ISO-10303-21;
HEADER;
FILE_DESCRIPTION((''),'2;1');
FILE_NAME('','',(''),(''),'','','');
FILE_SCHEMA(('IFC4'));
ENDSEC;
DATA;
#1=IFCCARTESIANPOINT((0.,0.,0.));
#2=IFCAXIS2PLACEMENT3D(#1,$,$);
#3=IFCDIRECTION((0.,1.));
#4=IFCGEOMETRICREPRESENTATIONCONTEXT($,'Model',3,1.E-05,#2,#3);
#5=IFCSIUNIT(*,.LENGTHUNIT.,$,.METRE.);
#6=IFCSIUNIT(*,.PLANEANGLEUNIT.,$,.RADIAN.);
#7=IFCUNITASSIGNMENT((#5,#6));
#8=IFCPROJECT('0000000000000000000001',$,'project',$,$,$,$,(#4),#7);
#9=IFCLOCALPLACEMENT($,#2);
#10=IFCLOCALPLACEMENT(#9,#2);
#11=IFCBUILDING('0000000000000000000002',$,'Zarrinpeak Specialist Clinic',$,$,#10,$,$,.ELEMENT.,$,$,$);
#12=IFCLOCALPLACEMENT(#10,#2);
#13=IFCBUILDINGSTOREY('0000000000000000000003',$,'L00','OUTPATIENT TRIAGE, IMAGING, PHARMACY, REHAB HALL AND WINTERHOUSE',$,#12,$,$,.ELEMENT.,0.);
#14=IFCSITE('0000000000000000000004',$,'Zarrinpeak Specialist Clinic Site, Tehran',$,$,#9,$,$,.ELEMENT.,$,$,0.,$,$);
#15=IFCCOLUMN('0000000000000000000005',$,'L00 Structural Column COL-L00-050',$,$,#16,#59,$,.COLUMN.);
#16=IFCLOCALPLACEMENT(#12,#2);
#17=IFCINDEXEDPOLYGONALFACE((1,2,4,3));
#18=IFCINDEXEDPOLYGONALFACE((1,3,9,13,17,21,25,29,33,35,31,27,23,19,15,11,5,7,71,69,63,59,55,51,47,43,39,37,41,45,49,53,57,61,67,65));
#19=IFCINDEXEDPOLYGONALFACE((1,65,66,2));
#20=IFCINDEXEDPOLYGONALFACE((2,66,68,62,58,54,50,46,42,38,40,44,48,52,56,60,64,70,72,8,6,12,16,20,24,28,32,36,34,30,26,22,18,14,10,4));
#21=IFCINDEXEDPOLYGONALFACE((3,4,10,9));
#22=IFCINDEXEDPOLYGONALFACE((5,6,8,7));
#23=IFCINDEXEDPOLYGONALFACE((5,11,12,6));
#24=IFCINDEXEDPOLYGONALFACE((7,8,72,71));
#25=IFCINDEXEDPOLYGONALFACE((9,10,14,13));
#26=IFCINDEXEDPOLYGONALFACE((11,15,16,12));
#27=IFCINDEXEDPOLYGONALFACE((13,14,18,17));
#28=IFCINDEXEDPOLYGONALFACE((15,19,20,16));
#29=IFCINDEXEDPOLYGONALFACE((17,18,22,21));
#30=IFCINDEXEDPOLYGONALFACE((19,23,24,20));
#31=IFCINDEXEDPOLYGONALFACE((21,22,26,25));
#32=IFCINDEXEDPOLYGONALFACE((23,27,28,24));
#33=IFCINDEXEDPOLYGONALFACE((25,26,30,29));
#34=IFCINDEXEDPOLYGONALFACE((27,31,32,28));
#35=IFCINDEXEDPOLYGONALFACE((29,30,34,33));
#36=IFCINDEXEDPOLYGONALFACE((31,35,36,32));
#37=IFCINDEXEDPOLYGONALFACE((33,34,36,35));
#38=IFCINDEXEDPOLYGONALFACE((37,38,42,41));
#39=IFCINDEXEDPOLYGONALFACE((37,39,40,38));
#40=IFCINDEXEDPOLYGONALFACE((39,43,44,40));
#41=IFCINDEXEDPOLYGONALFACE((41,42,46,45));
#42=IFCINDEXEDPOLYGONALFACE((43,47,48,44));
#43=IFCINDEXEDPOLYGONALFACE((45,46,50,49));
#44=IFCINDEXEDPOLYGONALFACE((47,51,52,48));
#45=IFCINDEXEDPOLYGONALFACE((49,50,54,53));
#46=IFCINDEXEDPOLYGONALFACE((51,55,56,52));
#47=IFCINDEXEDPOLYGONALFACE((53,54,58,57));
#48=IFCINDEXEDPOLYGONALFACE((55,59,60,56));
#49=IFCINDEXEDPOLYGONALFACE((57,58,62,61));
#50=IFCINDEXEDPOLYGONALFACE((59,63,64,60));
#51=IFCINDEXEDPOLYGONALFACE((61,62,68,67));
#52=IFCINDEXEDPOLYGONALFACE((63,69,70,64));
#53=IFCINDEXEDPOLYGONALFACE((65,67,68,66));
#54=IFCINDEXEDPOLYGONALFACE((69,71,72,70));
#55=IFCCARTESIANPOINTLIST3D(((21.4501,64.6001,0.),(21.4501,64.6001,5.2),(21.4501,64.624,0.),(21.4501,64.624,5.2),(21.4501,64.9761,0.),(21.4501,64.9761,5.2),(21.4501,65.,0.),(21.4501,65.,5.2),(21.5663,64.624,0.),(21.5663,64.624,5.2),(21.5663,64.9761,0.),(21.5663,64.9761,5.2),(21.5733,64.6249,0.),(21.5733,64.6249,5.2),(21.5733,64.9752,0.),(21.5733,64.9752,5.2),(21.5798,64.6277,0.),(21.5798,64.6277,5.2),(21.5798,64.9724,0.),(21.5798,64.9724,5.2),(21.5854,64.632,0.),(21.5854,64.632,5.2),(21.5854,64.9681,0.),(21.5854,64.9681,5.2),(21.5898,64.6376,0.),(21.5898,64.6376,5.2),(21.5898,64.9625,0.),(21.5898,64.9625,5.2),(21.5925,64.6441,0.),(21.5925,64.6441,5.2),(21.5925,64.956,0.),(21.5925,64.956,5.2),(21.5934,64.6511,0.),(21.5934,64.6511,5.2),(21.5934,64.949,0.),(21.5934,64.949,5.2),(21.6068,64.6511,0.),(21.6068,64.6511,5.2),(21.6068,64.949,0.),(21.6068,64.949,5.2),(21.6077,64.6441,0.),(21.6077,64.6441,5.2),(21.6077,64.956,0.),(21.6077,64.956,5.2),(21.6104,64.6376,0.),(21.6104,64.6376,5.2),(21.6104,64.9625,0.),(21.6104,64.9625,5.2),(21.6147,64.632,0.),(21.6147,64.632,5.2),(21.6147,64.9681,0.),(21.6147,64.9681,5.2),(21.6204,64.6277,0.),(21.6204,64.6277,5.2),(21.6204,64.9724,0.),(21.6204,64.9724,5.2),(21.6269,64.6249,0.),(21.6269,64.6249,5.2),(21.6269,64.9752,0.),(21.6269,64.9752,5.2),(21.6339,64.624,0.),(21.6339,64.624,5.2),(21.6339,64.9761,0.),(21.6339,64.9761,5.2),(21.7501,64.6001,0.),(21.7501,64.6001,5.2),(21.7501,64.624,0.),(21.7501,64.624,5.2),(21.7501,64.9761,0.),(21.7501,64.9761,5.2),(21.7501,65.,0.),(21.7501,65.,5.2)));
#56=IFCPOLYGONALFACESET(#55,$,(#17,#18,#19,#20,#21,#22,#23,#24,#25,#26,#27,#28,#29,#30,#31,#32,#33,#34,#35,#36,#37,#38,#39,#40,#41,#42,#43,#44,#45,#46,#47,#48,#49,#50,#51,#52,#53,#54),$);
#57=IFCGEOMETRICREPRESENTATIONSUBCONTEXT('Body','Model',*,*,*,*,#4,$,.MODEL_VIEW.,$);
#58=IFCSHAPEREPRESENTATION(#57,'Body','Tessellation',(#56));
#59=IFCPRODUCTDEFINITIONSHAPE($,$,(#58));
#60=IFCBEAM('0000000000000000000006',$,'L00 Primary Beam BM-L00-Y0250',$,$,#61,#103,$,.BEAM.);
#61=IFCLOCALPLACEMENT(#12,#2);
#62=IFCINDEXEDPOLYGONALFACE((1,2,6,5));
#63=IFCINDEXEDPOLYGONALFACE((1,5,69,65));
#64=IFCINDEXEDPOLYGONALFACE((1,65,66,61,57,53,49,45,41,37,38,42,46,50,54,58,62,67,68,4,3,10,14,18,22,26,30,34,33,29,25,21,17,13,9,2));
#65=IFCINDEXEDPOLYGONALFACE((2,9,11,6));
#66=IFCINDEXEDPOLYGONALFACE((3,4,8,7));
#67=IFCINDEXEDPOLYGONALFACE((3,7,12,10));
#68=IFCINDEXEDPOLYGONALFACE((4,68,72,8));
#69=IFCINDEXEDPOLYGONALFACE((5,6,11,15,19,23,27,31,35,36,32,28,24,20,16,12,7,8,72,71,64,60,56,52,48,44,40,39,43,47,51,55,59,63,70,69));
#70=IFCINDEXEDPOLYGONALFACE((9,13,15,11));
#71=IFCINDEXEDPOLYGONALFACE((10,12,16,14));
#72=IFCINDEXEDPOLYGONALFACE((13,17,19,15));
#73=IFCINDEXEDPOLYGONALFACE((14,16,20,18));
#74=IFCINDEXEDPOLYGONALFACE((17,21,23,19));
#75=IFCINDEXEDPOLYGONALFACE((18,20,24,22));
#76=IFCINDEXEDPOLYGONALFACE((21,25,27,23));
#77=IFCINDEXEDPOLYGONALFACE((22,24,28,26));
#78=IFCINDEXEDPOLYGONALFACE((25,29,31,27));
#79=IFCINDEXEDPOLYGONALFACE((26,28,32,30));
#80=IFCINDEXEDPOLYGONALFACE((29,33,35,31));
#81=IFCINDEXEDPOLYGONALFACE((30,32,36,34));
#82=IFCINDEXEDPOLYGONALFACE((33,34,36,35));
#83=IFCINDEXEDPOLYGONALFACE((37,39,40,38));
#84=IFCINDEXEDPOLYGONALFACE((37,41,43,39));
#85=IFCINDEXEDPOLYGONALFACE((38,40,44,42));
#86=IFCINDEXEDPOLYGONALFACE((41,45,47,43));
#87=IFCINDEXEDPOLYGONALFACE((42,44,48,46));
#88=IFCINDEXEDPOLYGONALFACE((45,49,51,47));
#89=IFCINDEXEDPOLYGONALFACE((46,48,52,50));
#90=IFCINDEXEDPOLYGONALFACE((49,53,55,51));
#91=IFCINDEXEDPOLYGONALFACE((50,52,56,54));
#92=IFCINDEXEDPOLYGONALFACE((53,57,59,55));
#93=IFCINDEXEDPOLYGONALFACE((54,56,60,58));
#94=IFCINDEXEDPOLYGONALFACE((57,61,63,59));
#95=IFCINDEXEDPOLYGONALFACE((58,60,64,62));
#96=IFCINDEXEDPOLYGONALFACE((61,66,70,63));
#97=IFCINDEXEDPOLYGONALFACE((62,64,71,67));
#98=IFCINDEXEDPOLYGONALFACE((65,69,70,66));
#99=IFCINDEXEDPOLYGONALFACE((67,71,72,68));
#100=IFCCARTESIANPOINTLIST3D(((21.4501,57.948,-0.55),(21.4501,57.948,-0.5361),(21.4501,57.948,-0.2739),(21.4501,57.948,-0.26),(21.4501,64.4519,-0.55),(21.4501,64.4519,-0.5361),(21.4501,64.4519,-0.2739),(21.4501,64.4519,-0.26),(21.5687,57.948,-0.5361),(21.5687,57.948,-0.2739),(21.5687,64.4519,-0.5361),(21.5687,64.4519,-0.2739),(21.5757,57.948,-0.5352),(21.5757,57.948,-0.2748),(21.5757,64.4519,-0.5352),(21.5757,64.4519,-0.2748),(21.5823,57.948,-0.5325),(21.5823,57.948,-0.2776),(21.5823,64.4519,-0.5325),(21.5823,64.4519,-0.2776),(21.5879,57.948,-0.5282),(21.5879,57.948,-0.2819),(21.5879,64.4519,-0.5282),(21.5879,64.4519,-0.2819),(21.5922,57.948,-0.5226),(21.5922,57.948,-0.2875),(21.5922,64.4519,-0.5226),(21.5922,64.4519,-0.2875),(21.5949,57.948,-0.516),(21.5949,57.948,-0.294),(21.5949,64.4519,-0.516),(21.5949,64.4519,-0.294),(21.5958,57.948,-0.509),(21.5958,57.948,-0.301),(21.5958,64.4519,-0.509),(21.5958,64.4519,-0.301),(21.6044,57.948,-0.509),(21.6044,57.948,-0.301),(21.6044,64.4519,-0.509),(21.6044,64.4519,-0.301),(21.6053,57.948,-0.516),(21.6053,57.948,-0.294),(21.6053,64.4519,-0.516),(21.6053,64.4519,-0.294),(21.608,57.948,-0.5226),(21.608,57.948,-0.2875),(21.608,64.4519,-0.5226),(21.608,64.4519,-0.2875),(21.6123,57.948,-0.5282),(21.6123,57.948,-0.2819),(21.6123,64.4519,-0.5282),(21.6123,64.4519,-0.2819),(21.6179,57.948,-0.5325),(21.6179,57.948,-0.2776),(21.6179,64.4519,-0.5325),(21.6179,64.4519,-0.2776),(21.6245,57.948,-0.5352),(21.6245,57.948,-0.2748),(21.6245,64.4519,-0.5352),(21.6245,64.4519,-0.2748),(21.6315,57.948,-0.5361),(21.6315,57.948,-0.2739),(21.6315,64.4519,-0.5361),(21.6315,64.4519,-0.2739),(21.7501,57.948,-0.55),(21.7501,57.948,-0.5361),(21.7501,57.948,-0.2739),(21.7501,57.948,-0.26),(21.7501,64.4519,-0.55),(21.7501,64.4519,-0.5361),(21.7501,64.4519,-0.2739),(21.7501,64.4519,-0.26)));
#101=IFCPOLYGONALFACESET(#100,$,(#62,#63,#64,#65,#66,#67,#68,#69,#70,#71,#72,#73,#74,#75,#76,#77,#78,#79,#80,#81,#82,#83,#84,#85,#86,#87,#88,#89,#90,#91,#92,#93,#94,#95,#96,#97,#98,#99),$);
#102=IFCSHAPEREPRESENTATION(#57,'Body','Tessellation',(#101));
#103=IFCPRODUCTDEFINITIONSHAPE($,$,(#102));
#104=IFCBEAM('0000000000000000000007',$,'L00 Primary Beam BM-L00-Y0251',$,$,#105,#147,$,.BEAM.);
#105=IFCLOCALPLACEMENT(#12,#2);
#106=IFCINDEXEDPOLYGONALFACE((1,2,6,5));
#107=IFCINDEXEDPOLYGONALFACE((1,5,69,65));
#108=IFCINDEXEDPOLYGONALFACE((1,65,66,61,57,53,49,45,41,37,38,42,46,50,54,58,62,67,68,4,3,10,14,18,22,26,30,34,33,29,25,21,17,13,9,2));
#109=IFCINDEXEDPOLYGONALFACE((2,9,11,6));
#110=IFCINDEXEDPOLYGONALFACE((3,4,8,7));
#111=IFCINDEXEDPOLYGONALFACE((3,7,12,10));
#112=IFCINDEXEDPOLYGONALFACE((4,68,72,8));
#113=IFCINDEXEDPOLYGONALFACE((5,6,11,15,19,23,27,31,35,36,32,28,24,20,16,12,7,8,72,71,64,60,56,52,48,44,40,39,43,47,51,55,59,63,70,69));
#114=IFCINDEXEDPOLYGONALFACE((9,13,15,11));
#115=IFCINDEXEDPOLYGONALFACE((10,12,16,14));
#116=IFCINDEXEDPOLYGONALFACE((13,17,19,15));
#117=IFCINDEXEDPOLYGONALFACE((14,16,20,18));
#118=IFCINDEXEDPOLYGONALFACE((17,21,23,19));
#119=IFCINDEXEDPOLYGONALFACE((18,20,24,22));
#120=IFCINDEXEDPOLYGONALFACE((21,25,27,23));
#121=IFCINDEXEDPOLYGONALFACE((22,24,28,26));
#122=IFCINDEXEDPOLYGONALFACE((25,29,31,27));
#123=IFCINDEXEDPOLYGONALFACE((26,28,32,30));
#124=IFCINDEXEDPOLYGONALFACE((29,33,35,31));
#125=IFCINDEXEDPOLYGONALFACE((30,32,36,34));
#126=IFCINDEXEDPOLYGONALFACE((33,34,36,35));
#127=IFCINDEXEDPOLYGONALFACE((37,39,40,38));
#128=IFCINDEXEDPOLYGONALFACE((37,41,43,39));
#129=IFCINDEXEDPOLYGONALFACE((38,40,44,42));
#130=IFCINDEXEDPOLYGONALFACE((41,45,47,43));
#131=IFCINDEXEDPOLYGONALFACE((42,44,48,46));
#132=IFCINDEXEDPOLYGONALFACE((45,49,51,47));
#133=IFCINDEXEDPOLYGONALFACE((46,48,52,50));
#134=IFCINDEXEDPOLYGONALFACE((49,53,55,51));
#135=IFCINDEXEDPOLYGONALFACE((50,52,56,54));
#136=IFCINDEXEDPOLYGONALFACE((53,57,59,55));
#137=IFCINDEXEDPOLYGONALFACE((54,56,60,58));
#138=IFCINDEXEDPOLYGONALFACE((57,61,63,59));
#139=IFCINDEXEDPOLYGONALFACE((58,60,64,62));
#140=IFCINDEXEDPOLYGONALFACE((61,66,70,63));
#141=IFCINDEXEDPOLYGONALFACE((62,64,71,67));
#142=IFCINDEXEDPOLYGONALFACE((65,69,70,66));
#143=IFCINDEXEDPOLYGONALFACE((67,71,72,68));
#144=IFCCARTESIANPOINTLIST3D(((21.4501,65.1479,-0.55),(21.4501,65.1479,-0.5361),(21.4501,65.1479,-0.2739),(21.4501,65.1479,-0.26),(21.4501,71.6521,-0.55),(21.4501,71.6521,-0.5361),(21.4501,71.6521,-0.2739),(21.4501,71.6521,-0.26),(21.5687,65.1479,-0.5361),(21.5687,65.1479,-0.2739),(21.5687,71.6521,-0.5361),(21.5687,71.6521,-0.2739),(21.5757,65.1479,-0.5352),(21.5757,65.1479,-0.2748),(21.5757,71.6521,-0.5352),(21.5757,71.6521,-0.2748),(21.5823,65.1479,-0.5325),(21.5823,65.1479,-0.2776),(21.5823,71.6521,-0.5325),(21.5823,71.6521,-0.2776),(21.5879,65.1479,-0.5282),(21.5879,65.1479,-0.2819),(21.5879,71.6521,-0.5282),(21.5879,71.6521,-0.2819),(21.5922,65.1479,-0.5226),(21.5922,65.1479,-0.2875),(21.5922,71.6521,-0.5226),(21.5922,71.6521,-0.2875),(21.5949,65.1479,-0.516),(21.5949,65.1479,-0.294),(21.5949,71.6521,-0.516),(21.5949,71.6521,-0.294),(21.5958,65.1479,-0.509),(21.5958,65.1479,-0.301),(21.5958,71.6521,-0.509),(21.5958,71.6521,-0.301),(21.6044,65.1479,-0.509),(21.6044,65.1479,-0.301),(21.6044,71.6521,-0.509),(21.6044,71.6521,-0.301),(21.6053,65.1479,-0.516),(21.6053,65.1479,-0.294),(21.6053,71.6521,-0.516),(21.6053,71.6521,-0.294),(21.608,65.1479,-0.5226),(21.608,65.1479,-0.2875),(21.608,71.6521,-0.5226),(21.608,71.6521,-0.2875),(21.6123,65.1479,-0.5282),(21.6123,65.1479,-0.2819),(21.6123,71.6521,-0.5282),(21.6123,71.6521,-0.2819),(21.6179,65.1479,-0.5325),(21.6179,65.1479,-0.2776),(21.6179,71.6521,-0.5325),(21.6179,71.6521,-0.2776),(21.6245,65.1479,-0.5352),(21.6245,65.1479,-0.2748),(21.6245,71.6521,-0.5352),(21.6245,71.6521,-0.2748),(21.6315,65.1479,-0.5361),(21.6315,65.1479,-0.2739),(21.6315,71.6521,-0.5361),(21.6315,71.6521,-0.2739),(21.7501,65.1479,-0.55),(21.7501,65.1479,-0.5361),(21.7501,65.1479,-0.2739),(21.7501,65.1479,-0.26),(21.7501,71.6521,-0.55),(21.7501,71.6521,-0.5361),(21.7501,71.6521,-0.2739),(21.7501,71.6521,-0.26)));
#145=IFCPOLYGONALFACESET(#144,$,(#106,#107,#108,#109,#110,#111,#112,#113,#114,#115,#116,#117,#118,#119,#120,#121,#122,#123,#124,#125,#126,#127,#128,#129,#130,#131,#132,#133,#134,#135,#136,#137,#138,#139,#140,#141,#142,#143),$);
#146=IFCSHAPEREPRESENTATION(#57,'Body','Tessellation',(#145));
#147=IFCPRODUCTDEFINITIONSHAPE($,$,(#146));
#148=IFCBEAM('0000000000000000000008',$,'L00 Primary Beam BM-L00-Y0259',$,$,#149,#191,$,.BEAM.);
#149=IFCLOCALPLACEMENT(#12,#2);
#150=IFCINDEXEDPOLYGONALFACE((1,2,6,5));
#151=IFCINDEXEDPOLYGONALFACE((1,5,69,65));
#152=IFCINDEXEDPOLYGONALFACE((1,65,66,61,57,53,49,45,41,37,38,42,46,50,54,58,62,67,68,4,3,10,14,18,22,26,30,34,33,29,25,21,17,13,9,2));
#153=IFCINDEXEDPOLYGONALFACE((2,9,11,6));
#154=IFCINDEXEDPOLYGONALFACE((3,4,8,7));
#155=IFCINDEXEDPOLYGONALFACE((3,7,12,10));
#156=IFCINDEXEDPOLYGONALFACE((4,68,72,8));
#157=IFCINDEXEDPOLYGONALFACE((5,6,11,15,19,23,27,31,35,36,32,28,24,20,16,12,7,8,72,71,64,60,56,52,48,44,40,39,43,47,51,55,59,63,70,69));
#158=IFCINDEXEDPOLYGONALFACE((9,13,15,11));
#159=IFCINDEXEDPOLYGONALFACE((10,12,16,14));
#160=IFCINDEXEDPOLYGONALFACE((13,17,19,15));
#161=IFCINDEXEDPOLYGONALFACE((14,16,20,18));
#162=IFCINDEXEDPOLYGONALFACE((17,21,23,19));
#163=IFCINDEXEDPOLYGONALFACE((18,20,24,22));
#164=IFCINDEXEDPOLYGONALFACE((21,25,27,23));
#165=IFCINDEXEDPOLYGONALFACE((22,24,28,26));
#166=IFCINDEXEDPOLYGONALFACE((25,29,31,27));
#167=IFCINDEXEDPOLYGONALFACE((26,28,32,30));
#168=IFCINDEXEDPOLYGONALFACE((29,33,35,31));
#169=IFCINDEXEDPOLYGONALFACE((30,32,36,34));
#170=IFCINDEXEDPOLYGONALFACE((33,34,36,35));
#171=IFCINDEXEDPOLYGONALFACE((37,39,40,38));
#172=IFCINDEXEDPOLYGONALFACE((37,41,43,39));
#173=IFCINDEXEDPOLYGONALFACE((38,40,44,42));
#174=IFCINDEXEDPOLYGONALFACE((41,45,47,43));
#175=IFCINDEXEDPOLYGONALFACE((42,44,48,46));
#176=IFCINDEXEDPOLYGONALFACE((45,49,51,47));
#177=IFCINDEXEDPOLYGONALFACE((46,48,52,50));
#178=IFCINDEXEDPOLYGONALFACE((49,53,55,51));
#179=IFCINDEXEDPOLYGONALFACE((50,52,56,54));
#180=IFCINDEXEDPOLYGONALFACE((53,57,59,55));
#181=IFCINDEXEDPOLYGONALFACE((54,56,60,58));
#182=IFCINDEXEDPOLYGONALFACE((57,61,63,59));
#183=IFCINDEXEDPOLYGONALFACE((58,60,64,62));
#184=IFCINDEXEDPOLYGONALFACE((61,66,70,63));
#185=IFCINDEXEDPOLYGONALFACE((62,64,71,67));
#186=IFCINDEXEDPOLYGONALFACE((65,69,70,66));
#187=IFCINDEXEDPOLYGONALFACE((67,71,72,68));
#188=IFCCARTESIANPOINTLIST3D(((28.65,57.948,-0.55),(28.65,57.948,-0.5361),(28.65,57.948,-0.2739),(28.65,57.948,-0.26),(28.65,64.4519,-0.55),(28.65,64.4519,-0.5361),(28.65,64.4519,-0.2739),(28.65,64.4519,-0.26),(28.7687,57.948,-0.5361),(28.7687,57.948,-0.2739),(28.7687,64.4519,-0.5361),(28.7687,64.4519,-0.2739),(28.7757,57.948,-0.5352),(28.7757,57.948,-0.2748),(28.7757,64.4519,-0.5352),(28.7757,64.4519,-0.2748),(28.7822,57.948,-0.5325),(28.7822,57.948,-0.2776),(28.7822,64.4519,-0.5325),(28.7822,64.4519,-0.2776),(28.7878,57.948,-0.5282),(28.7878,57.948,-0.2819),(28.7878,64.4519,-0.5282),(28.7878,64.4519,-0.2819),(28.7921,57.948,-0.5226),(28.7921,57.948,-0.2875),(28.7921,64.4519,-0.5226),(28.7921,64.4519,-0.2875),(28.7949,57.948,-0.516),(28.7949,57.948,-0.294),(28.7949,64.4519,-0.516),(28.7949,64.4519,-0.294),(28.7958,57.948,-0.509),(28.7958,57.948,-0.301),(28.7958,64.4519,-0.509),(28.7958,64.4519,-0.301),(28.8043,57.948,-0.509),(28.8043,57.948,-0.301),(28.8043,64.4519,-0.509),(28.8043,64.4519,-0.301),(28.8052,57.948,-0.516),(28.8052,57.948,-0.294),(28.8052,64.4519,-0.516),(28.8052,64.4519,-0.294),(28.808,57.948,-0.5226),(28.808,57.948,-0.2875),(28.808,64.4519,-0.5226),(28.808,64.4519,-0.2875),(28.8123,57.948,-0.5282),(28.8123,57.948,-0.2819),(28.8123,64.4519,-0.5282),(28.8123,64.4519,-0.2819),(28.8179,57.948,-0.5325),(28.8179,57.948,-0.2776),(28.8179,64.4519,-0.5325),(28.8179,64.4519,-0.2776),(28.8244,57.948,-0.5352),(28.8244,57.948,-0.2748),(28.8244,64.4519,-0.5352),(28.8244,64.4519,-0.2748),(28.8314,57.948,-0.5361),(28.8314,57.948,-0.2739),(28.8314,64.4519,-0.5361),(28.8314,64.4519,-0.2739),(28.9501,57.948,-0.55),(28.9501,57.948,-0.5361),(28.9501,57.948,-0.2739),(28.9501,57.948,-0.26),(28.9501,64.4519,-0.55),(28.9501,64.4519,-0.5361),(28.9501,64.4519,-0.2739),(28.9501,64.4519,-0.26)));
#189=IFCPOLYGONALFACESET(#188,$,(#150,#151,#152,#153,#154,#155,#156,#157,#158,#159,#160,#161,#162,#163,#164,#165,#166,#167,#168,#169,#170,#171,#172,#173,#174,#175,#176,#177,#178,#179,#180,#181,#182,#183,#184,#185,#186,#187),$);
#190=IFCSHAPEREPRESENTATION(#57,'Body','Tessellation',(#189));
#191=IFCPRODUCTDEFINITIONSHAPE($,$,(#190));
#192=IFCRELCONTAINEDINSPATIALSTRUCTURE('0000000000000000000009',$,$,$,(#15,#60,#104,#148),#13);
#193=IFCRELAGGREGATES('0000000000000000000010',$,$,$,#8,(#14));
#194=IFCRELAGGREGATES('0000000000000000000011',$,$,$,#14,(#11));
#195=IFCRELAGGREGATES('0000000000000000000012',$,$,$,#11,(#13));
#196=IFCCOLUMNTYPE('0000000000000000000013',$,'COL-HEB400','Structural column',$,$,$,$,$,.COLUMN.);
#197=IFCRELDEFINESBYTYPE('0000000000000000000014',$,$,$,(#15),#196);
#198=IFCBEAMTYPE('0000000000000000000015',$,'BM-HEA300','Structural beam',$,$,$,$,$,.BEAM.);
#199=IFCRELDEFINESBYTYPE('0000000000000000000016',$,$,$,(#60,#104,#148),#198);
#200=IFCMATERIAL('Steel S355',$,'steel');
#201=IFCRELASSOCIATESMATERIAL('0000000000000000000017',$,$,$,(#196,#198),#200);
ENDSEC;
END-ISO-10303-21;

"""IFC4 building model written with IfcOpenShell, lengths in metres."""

from ifc_helpers import new_model, si_unit, direction, frame, origin, origin_2d, place, context, subcontext, project, spatial, i_section, extrude, material, material_profile, profile_set, type_object, element, save


model = new_model("IFC4")

# Units and contexts
model_context = context("Model", 3, precision=1e-05, world=origin(), true_north=direction((0.0, 1.0)))
body_context = subcontext(model_context, "Body", "Model", "MODEL_VIEW")
ifc_project = project(units=[si_unit("LENGTHUNIT", "METRE"), si_unit("PLANEANGLEUNIT", "RADIAN")], contexts=[model_context])

# Site, building, storey
site_placement = place(None, origin())
site = spatial("IfcSite", under=ifc_project, at=site_placement, Name="Zarrinpeak Specialist Clinic Site, Tehran", CompositionType="ELEMENT", RefElevation=0.0)
building_placement = place(site_placement, origin())
building = spatial("IfcBuilding", under=site, at=building_placement, Name="Zarrinpeak Specialist Clinic", CompositionType="ELEMENT")
storey_placement = place(building_placement, origin())
storey = spatial("IfcBuildingStorey", under=building, at=storey_placement, Name="L00", Description="OUTPATIENT TRIAGE, IMAGING, PHARMACY, REHAB HALL AND WINTERHOUSE", CompositionType="ELEMENT", Elevation=0.0)

# Column
ifc_material_1 = material(Name="Steel S355", Category="steel")
ifc_material_profile_1 = material_profile(ifc_material_1, i_section(OverallWidth=0.3, OverallDepth=0.3999, WebThickness=0.0134, FlangeThickness=0.0239, FilletRadius=0.0271, at=origin_2d()), Name="HEB 400")
ifc_profile_set_1 = profile_set([ifc_material_profile_1], Name="Steel S355")
column_type = type_object("IfcColumnType", Name="COL-HEB400", Description="Structural column", PredefinedType="COLUMN", material=ifc_profile_set_1)
column_placement = place(storey_placement, frame((21.6001, 64.8, 0.0), z_axis=(0.0, 0.0, 1.0), x_axis=(1.0, 0.0, 0.0)))
element("IfcColumn", 1, at=column_placement, inside=storey, type_object=column_type, Name="L00 Structural Column COL-L00-050", PredefinedType="COLUMN", context=body_context, shape_type="SweptSolid", body=[
    extrude(i_section(OverallWidth=0.3, OverallDepth=0.3999, WebThickness=0.0134, FlangeThickness=0.0239, FilletRadius=0.0271, at=origin_2d()), origin(), (0.0, 0.0, 1.0), 5.2),
])

# Beams
ifc_material_profile_2 = material_profile(ifc_material_1, i_section(OverallWidth=0.3, OverallDepth=0.29, WebThickness=0.0085, FlangeThickness=0.0139, FilletRadius=0.0271, at=origin_2d()), Name="HEA 300")
ifc_profile_set_2 = profile_set([ifc_material_profile_2], Name="Steel S355")
beam_type_1 = type_object("IfcBeamType", Name="BM-HEA300", Description="Structural beam", PredefinedType="BEAM", material=ifc_profile_set_2)
beam_1_placement = place(storey_placement, frame((21.6001, 57.948, -0.405), z_axis=(0.0, 1.0, 0.0), x_axis=(-1.0, 0.0, 0.0)))
element("IfcBeam", 2, at=beam_1_placement, inside=storey, type_object=beam_type_1, Name="L00 Primary Beam BM-L00-Y0250", PredefinedType="BEAM", context=body_context, shape_type="SweptSolid", body=[
    extrude(i_section(OverallWidth=0.3, OverallDepth=0.29, WebThickness=0.0085, FlangeThickness=0.0139, FilletRadius=0.0271, at=origin_2d()), origin(), (0.0, 0.0, 1.0), 6.5039),
])
beam_2_placement = place(storey_placement, frame((21.6001, 65.1479, -0.405), z_axis=(0.0, 1.0, 0.0), x_axis=(-1.0, 0.0, 0.0)))
element("IfcBeam", 3, at=beam_2_placement, inside=storey, type_object=beam_type_1, Name="L00 Primary Beam BM-L00-Y0251", PredefinedType="BEAM", context=body_context, shape_type="SweptSolid", body=[
    extrude(i_section(OverallWidth=0.3, OverallDepth=0.29, WebThickness=0.0085, FlangeThickness=0.0139, FilletRadius=0.0271, at=origin_2d()), origin(), (0.0, 0.0, 1.0), 6.5042),
])
beam_3_placement = place(storey_placement, frame((28.8, 57.948, -0.405), z_axis=(0.0, 1.0, 0.0), x_axis=(-1.0, 0.0, 0.0)))
element("IfcBeam", 4, at=beam_3_placement, inside=storey, type_object=beam_type_1, Name="L00 Primary Beam BM-L00-Y0259", PredefinedType="BEAM", context=body_context, shape_type="SweptSolid", body=[
    extrude(i_section(OverallWidth=0.3, OverallDepth=0.29, WebThickness=0.0085, FlangeThickness=0.0139, FilletRadius=0.0271, at=origin_2d()), origin(), (0.0, 0.0, 1.0), 6.5039),
])

save(model, "model.ifc")
